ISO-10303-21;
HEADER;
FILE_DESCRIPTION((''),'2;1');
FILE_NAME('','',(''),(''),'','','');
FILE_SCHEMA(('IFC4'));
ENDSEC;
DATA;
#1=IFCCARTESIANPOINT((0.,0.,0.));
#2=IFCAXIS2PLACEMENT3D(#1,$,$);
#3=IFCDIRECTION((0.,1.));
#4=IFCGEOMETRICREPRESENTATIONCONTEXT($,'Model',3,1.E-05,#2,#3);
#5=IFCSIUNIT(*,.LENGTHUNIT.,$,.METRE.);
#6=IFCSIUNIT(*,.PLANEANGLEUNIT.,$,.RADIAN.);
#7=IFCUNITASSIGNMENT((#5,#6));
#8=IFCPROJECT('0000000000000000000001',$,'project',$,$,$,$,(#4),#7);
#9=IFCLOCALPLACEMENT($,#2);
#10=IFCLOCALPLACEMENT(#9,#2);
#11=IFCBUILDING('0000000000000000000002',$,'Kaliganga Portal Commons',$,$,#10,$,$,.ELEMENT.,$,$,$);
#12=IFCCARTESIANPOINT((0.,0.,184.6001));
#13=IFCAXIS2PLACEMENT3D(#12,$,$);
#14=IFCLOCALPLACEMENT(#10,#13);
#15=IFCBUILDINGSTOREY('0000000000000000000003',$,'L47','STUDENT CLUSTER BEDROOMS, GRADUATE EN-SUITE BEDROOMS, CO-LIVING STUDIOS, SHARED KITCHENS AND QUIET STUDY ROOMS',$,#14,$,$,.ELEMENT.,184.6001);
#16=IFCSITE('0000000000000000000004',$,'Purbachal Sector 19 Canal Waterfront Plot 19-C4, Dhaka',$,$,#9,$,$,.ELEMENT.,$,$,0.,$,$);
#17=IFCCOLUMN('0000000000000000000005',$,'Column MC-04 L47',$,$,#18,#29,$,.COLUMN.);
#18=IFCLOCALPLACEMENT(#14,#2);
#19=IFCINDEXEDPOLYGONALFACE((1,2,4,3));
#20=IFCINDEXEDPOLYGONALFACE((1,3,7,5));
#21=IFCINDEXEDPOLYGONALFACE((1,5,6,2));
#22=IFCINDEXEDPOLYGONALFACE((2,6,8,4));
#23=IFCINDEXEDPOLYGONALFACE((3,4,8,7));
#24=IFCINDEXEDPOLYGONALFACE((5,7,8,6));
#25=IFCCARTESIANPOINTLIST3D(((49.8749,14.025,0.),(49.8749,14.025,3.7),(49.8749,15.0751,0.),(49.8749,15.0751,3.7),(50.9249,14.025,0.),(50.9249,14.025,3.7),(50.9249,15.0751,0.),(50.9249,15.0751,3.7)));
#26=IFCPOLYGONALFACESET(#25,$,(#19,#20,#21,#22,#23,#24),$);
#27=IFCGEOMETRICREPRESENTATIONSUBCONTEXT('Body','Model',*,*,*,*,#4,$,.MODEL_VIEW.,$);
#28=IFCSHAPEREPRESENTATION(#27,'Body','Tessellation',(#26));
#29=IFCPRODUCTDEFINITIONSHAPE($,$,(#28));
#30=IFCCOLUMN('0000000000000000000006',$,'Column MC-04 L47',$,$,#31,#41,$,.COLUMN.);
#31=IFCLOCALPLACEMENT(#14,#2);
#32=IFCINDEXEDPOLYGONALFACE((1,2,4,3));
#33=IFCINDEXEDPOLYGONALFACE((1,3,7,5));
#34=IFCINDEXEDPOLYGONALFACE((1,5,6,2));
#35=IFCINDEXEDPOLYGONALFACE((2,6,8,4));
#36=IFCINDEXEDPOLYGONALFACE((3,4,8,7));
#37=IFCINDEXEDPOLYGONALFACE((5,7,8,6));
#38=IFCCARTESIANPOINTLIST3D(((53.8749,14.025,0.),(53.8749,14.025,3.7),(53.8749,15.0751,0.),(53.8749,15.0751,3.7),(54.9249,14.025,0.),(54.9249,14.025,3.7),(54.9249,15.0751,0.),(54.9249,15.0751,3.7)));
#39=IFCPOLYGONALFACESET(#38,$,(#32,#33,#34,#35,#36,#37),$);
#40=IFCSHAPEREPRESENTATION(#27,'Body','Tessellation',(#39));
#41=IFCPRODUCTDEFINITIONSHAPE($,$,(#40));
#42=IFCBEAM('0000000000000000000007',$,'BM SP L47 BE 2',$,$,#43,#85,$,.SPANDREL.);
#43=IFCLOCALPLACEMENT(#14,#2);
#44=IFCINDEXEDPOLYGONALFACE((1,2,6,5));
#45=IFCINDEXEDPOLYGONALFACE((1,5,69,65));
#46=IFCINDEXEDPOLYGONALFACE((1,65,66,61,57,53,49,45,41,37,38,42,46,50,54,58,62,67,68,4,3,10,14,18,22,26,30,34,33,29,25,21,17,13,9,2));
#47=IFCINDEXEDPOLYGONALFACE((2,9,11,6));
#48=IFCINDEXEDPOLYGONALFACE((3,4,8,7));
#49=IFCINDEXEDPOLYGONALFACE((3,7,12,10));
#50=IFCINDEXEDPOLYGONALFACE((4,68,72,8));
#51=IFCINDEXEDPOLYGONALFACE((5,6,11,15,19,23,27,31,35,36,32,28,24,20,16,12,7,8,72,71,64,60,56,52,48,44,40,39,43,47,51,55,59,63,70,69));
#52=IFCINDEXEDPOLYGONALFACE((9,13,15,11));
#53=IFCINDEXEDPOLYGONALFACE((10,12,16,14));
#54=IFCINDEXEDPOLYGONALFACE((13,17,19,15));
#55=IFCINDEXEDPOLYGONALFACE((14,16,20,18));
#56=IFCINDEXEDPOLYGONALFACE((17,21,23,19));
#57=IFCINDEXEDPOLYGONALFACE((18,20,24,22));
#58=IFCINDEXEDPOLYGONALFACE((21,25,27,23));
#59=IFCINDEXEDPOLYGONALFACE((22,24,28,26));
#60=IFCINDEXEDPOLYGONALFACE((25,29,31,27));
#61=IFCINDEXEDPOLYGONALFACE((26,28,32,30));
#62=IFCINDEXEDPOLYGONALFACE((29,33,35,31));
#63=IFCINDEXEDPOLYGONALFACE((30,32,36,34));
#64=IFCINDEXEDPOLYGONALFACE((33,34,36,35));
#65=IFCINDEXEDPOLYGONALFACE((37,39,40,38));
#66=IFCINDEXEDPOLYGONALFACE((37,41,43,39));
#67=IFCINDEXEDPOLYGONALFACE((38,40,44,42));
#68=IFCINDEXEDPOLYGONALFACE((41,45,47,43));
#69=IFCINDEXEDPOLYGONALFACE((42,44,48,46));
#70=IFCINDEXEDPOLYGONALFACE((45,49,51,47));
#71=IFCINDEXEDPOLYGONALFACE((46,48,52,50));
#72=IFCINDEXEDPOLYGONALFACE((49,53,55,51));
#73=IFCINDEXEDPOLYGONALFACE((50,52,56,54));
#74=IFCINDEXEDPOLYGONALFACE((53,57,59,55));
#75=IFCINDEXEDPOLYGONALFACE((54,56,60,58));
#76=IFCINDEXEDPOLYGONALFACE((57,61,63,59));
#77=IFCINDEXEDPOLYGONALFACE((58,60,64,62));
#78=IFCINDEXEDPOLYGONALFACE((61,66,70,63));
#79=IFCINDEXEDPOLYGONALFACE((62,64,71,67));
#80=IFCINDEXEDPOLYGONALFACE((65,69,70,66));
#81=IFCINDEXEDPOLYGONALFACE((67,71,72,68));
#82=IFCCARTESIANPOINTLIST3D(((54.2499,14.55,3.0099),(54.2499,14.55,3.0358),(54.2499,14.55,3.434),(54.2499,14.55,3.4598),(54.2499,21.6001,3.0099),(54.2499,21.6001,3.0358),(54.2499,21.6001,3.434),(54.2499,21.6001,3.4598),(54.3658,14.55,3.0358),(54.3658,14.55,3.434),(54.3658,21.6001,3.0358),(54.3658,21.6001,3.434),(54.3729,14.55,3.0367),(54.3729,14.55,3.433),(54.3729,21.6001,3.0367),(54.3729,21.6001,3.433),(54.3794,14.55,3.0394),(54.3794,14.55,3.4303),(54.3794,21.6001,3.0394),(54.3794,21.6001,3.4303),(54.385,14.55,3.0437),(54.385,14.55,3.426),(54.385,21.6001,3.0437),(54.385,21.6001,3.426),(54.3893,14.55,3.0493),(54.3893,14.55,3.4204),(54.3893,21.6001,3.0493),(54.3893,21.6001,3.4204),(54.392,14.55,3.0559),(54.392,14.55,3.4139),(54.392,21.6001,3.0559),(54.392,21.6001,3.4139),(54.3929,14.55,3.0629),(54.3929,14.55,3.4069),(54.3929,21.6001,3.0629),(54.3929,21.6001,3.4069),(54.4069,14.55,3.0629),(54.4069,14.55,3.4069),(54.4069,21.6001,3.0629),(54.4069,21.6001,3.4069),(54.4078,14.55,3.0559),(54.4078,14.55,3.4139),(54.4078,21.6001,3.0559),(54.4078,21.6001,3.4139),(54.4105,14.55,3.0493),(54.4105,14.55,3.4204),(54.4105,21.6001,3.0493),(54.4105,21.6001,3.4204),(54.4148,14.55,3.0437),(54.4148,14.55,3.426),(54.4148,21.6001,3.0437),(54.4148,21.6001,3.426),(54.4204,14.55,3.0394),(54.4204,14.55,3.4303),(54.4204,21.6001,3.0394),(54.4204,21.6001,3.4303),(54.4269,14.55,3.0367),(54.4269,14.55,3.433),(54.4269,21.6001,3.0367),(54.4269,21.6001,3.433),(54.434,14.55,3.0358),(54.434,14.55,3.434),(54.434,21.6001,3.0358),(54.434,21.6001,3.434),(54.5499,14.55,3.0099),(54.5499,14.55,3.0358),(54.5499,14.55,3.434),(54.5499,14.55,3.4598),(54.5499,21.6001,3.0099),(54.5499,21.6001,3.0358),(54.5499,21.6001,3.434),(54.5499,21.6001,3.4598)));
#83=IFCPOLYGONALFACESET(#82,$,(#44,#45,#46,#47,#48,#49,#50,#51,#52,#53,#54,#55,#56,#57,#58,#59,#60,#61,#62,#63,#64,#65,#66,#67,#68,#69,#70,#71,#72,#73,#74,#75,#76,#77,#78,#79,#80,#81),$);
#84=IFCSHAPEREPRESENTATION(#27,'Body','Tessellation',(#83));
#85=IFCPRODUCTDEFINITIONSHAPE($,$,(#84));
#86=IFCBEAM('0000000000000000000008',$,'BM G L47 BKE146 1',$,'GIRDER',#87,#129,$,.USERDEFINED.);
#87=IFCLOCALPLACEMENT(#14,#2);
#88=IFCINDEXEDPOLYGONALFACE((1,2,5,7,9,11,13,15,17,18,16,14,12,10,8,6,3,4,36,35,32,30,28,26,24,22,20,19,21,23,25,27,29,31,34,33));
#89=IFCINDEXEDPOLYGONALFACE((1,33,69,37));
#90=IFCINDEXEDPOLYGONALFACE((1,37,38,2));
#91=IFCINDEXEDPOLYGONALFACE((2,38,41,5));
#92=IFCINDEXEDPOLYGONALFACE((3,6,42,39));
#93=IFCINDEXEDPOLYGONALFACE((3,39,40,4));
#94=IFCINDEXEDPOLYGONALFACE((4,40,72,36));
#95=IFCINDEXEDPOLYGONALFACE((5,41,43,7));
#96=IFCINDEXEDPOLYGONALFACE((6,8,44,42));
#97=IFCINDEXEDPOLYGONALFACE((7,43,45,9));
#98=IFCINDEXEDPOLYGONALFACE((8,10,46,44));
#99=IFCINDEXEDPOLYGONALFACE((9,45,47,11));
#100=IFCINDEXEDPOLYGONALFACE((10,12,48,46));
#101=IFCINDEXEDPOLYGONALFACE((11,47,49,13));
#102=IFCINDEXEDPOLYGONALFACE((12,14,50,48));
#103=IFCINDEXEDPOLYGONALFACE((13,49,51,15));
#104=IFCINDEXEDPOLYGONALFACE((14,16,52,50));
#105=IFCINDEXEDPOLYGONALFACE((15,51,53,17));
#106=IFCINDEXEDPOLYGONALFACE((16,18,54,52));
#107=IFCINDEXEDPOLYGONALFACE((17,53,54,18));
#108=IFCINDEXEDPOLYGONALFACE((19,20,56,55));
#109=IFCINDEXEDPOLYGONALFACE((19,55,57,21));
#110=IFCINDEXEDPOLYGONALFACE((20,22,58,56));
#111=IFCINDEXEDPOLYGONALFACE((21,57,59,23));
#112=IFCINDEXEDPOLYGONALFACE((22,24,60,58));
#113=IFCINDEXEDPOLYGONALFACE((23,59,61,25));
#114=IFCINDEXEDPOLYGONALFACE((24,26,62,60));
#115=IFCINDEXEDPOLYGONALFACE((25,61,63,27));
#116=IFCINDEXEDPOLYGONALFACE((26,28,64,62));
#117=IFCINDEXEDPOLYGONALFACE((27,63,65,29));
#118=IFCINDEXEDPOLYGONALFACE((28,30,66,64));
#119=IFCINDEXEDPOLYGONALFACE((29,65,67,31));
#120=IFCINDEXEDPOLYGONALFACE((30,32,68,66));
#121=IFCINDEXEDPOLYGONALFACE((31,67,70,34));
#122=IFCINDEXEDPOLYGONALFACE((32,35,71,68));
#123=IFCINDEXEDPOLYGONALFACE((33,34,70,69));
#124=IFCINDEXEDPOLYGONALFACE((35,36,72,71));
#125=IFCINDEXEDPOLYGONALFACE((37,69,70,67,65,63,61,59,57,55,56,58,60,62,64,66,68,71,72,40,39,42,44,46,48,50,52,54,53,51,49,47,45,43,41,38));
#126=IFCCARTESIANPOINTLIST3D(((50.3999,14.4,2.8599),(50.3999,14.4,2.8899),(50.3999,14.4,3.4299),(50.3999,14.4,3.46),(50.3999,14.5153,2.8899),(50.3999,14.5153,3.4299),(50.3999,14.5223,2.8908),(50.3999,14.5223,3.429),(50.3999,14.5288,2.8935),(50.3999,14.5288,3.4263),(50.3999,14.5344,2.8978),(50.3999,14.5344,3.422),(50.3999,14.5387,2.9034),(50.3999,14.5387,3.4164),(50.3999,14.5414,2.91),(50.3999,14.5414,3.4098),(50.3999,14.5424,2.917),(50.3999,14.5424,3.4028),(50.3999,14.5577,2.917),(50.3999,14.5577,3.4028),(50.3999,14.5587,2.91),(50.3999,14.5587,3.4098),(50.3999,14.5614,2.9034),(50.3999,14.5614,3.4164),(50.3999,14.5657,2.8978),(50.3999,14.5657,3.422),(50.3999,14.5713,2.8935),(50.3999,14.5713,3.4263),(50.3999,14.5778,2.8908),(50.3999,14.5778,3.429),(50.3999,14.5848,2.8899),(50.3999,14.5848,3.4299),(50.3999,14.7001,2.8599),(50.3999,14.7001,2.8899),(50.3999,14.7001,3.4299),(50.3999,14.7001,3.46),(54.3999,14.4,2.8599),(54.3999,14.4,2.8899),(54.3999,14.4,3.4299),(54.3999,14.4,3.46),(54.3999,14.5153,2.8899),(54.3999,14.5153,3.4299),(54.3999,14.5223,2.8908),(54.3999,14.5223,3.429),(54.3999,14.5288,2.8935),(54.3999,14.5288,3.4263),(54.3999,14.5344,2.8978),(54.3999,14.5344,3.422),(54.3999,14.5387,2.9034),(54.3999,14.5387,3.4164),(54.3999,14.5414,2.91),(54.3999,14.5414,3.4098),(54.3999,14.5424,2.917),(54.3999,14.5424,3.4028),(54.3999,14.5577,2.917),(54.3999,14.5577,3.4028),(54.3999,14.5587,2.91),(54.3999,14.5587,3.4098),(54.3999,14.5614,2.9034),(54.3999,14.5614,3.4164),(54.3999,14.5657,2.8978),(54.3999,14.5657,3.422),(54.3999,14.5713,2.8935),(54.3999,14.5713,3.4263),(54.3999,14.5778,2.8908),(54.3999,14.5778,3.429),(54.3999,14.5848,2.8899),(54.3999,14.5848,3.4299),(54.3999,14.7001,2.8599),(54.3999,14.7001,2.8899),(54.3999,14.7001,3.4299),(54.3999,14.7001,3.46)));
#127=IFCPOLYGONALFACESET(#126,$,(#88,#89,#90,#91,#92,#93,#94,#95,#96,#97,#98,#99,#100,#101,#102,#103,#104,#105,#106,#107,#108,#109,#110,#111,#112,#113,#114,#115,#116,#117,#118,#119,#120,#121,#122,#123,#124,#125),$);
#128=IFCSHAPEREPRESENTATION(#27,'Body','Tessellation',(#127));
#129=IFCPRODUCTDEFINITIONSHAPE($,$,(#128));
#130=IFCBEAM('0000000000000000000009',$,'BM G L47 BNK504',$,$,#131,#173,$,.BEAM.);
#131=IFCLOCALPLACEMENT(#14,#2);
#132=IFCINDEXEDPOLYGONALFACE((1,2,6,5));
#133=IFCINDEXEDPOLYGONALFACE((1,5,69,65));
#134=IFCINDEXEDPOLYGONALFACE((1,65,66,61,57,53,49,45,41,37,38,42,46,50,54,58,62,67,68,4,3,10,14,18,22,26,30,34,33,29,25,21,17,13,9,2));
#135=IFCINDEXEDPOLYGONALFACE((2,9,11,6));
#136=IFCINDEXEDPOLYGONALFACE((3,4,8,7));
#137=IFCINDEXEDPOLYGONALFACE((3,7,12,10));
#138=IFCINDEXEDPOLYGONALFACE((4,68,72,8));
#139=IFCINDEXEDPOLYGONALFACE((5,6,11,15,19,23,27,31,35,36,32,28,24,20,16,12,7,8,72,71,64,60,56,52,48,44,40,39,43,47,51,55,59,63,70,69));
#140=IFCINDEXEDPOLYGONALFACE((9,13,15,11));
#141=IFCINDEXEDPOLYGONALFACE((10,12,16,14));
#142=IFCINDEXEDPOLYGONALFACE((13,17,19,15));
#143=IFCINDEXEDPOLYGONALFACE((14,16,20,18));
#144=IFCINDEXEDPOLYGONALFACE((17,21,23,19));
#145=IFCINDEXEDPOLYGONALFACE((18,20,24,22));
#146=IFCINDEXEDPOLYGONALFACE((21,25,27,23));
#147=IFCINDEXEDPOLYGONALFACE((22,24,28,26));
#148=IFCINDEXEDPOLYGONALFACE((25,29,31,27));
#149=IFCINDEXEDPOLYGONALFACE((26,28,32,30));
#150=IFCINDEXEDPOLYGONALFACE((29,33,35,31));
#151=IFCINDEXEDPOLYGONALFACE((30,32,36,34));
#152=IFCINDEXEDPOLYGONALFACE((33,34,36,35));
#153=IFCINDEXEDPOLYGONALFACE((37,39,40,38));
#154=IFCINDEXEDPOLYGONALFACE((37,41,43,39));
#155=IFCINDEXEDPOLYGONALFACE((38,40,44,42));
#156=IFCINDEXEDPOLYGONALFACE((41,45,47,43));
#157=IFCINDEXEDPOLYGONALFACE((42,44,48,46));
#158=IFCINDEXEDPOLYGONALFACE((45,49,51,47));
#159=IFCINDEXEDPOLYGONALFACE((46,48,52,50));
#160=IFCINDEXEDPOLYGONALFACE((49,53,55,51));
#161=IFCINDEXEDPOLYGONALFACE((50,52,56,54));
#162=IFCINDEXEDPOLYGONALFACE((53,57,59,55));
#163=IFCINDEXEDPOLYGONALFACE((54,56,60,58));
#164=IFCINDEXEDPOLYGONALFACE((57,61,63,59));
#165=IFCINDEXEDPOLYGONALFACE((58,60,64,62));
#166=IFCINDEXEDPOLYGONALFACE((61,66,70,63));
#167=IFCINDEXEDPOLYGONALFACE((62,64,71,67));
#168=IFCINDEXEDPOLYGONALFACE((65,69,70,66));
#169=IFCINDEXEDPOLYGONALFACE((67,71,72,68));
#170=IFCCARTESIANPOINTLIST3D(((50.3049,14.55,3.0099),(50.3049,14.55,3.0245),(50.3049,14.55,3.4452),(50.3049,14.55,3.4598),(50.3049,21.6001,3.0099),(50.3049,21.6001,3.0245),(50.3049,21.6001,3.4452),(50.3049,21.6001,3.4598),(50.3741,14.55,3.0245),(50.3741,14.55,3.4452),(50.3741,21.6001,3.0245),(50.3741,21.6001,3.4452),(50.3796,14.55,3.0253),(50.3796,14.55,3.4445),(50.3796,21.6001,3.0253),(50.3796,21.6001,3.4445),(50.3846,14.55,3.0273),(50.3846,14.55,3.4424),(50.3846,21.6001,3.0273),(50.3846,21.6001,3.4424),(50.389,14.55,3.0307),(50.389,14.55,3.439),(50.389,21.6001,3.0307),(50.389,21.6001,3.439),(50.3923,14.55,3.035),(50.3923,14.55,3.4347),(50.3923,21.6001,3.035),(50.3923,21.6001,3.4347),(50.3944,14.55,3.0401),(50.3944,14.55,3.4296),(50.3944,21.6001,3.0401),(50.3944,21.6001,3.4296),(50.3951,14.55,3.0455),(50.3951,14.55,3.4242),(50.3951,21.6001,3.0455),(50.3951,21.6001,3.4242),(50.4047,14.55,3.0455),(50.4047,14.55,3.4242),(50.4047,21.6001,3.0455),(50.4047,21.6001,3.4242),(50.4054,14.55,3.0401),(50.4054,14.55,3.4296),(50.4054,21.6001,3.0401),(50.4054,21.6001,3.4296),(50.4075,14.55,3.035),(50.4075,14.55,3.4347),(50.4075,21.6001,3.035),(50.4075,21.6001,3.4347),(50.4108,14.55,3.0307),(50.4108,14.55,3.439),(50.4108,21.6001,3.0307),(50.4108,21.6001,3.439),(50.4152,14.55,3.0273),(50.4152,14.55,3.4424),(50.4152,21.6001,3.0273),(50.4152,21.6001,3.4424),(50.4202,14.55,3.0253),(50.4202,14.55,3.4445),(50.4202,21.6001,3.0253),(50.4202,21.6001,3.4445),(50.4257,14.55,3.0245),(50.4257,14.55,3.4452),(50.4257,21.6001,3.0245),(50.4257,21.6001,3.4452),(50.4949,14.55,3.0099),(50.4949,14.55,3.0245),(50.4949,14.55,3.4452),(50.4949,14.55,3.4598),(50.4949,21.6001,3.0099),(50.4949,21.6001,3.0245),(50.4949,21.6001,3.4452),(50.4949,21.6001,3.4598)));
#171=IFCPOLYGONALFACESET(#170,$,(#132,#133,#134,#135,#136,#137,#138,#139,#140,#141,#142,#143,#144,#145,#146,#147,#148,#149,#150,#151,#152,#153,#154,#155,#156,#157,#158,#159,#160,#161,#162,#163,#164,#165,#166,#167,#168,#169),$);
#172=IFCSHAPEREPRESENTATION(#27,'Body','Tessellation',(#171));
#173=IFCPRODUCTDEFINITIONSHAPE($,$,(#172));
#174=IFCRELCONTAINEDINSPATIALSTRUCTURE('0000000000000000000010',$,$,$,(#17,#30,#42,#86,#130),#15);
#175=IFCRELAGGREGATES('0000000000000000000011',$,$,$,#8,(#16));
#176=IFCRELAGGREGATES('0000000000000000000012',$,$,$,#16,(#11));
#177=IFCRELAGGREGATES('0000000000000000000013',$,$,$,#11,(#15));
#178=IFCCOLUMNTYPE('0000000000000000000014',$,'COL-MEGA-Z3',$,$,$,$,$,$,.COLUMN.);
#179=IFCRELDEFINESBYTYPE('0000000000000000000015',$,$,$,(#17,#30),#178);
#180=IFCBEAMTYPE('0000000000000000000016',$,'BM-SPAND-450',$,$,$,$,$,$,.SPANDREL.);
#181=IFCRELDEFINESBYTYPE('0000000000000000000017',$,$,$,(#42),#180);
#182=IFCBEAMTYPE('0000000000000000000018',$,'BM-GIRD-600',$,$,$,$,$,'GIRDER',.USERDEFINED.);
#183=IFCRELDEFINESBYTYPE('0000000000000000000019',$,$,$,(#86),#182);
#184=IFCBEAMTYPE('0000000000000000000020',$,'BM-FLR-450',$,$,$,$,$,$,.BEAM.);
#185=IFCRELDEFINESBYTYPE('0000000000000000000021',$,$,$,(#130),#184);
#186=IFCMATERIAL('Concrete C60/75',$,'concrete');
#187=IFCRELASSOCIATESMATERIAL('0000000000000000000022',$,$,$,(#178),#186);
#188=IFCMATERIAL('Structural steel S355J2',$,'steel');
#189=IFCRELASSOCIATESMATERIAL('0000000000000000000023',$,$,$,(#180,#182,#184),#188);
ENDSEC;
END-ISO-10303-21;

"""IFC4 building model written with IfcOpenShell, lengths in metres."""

from ifc_helpers import new_model, si_unit, direction, frame, origin, origin_2d, place, context, subcontext, project, spatial, rectangle, i_section, extrude, source, transform, mapped, material, material_profile, profile_set, type_object, element, save


model = new_model("IFC4")

# Units and contexts
model_context = context("Model", 3, precision=1e-05, world=origin(), true_north=direction((0.0, 1.0)))
body_context = subcontext(model_context, "Body", "Model", "MODEL_VIEW")
ifc_project = project(units=[si_unit("LENGTHUNIT", "METRE"), si_unit("PLANEANGLEUNIT", "RADIAN")], contexts=[model_context])

# Site, building, storey
site_placement = place(None, origin())
site = spatial("IfcSite", under=ifc_project, at=site_placement, Name="Purbachal Sector 19 Canal Waterfront Plot 19-C4, Dhaka", CompositionType="ELEMENT", RefElevation=0.0)
building_placement = place(site_placement, origin())
building = spatial("IfcBuilding", under=site, at=building_placement, Name="Kaliganga Portal Commons", CompositionType="ELEMENT")
storey_placement = place(building_placement, frame((0.0, 0.0, 184.6001)))
storey = spatial("IfcBuildingStorey", under=building, at=storey_placement, Name="L47", Description="STUDENT CLUSTER BEDROOMS, GRADUATE EN-SUITE BEDROOMS, CO-LIVING STUDIOS, SHARED KITCHENS AND QUIET STUDY ROOMS", CompositionType="ELEMENT", Elevation=184.6001)

# Columns
ifc_material_1 = material(Name="Concrete C60/75", Category="concrete")
ifc_material_profile_1 = material_profile(ifc_material_1, rectangle(XDim=1.05, YDim=1.05, at=origin_2d()), Name="RC 1050x1050")
ifc_profile_set_1 = profile_set([ifc_material_profile_1], Name="Concrete C60/75")
column_type = type_object("IfcColumnType", Name="COL-MEGA-Z3", PredefinedType="COLUMN", material=ifc_profile_set_1)
shared_shape_1 = source(origin(), body_context, "Body", "SweptSolid", [
    extrude(rectangle(XDim=1.05, YDim=1.05, at=origin_2d()), origin(), (0.0, 0.0, 1.0), 3.7),
])
for number, where, z_axis, x_axis, name in (
    (1, (50.3999, 14.55, 0.0), (0.0, 0.0, 1.0), (1.0, 0.0, 0.0), "Column MC-04 L47"),
    (2, (54.3999, 14.55, 0.0), (0.0, 0.0, 1.0), (1.0, 0.0, 0.0), "Column MC-04 L47"),
):
    element("IfcColumn", number, at=place(storey_placement, frame(where, z_axis=z_axis, x_axis=x_axis)), inside=storey, type_object=column_type, Name=name, PredefinedType="COLUMN", context=body_context, shape_type="MappedRepresentation", body=[
        mapped(shared_shape_1, transform((0.0, 0.0, 0.0), x_axis=(1.0, 0.0, 0.0), y_axis=(0.0, 1.0, 0.0), z_axis=(0.0, 0.0, 1.0), scale=1.0)),
    ])

# Beams
ifc_material_2 = material(Name="Structural steel S355J2", Category="steel")
ifc_material_profile_2 = material_profile(ifc_material_2, i_section(OverallWidth=0.3, OverallDepth=0.45, WebThickness=0.0139, FlangeThickness=0.0259, FilletRadius=0.0271, at=origin_2d()), Name="HE 450 B")
ifc_profile_set_2 = profile_set([ifc_material_profile_2], Name="Structural steel S355J2 wide-flange")
beam_type_1 = type_object("IfcBeamType", Name="BM-SPAND-450", PredefinedType="SPANDREL", material=ifc_profile_set_2)
shared_shape_2 = source(origin(), body_context, "Body", "SweptSolid", [
    extrude(i_section(OverallWidth=0.3, OverallDepth=0.45, WebThickness=0.0139, FlangeThickness=0.0259, FilletRadius=0.0271, at=origin_2d()), origin(), (0.0, 0.0, 1.0), 7.05),
])
beam_1_placement = place(storey_placement, frame((54.3999, 14.55, 3.2349), z_axis=(0.0, 1.0, 0.0), x_axis=(-1.0, 0.0, 0.0)))
element("IfcBeam", 3, at=beam_1_placement, inside=storey, type_object=beam_type_1, Name="BM SP L47 BE 2", PredefinedType="SPANDREL", context=body_context, shape_type="MappedRepresentation", body=[
    mapped(shared_shape_2, transform((0.0, 0.0, 0.0), x_axis=(1.0, 0.0, 0.0), y_axis=(0.0, 1.0, 0.0), z_axis=(0.0, 0.0, 1.0), scale=1.0)),
])
ifc_material_profile_3 = material_profile(ifc_material_2, i_section(OverallWidth=0.3, OverallDepth=0.6001, WebThickness=0.0154, FlangeThickness=0.03, FilletRadius=0.0271, at=origin_2d()), Name="HE 600 B")
ifc_profile_set_3 = profile_set([ifc_material_profile_3], Name="Structural steel S355J2 wide-flange")
beam_type_2 = type_object("IfcBeamType", Name="BM-GIRD-600", ElementType="GIRDER", PredefinedType="USERDEFINED", material=ifc_profile_set_3)
shared_shape_3 = source(origin(), body_context, "Body", "SweptSolid", [
    extrude(i_section(OverallWidth=0.3, OverallDepth=0.6001, WebThickness=0.0154, FlangeThickness=0.03, FilletRadius=0.0271, at=origin_2d()), origin(), (0.0, 0.0, 1.0), 4.0),
])
beam_2_placement = place(storey_placement, frame((50.3999, 14.55, 3.1599), z_axis=(1.0, 0.0, 0.0), x_axis=(0.0, 1.0, 0.0)))
element("IfcBeam", 4, at=beam_2_placement, inside=storey, type_object=beam_type_2, Name="BM G L47 BKE146 1", ObjectType="GIRDER", PredefinedType="USERDEFINED", context=body_context, shape_type="MappedRepresentation", body=[
    mapped(shared_shape_3, transform((0.0, 0.0, 0.0), x_axis=(1.0, 0.0, 0.0), y_axis=(0.0, 1.0, 0.0), z_axis=(0.0, 0.0, 1.0), scale=1.0)),
])
ifc_material_profile_4 = material_profile(ifc_material_2, i_section(OverallWidth=0.1899, OverallDepth=0.45, WebThickness=0.0095, FlangeThickness=0.0146, FilletRadius=0.021, at=origin_2d()), Name="IPE 450")
ifc_profile_set_4 = profile_set([ifc_material_profile_4], Name="Structural steel S355J2 wide-flange")
beam_type_3 = type_object("IfcBeamType", Name="BM-FLR-450", PredefinedType="BEAM", material=ifc_profile_set_4)
shared_shape_4 = source(origin(), body_context, "Body", "SweptSolid", [
    extrude(i_section(OverallWidth=0.1899, OverallDepth=0.45, WebThickness=0.0095, FlangeThickness=0.0146, FilletRadius=0.021, at=origin_2d()), origin(), (0.0, 0.0, 1.0), 7.05),
])
beam_3_placement = place(storey_placement, frame((50.3999, 14.55, 3.2349), z_axis=(0.0, 1.0, 0.0), x_axis=(-1.0, 0.0, 0.0)))
element("IfcBeam", 5, at=beam_3_placement, inside=storey, type_object=beam_type_3, Name="BM G L47 BNK504", PredefinedType="BEAM", context=body_context, shape_type="MappedRepresentation", body=[
    mapped(shared_shape_4, transform((0.0, 0.0, 0.0), x_axis=(1.0, 0.0, 0.0), y_axis=(0.0, 1.0, 0.0), z_axis=(0.0, 0.0, 1.0), scale=1.0)),
])

save(model, "model.ifc")
